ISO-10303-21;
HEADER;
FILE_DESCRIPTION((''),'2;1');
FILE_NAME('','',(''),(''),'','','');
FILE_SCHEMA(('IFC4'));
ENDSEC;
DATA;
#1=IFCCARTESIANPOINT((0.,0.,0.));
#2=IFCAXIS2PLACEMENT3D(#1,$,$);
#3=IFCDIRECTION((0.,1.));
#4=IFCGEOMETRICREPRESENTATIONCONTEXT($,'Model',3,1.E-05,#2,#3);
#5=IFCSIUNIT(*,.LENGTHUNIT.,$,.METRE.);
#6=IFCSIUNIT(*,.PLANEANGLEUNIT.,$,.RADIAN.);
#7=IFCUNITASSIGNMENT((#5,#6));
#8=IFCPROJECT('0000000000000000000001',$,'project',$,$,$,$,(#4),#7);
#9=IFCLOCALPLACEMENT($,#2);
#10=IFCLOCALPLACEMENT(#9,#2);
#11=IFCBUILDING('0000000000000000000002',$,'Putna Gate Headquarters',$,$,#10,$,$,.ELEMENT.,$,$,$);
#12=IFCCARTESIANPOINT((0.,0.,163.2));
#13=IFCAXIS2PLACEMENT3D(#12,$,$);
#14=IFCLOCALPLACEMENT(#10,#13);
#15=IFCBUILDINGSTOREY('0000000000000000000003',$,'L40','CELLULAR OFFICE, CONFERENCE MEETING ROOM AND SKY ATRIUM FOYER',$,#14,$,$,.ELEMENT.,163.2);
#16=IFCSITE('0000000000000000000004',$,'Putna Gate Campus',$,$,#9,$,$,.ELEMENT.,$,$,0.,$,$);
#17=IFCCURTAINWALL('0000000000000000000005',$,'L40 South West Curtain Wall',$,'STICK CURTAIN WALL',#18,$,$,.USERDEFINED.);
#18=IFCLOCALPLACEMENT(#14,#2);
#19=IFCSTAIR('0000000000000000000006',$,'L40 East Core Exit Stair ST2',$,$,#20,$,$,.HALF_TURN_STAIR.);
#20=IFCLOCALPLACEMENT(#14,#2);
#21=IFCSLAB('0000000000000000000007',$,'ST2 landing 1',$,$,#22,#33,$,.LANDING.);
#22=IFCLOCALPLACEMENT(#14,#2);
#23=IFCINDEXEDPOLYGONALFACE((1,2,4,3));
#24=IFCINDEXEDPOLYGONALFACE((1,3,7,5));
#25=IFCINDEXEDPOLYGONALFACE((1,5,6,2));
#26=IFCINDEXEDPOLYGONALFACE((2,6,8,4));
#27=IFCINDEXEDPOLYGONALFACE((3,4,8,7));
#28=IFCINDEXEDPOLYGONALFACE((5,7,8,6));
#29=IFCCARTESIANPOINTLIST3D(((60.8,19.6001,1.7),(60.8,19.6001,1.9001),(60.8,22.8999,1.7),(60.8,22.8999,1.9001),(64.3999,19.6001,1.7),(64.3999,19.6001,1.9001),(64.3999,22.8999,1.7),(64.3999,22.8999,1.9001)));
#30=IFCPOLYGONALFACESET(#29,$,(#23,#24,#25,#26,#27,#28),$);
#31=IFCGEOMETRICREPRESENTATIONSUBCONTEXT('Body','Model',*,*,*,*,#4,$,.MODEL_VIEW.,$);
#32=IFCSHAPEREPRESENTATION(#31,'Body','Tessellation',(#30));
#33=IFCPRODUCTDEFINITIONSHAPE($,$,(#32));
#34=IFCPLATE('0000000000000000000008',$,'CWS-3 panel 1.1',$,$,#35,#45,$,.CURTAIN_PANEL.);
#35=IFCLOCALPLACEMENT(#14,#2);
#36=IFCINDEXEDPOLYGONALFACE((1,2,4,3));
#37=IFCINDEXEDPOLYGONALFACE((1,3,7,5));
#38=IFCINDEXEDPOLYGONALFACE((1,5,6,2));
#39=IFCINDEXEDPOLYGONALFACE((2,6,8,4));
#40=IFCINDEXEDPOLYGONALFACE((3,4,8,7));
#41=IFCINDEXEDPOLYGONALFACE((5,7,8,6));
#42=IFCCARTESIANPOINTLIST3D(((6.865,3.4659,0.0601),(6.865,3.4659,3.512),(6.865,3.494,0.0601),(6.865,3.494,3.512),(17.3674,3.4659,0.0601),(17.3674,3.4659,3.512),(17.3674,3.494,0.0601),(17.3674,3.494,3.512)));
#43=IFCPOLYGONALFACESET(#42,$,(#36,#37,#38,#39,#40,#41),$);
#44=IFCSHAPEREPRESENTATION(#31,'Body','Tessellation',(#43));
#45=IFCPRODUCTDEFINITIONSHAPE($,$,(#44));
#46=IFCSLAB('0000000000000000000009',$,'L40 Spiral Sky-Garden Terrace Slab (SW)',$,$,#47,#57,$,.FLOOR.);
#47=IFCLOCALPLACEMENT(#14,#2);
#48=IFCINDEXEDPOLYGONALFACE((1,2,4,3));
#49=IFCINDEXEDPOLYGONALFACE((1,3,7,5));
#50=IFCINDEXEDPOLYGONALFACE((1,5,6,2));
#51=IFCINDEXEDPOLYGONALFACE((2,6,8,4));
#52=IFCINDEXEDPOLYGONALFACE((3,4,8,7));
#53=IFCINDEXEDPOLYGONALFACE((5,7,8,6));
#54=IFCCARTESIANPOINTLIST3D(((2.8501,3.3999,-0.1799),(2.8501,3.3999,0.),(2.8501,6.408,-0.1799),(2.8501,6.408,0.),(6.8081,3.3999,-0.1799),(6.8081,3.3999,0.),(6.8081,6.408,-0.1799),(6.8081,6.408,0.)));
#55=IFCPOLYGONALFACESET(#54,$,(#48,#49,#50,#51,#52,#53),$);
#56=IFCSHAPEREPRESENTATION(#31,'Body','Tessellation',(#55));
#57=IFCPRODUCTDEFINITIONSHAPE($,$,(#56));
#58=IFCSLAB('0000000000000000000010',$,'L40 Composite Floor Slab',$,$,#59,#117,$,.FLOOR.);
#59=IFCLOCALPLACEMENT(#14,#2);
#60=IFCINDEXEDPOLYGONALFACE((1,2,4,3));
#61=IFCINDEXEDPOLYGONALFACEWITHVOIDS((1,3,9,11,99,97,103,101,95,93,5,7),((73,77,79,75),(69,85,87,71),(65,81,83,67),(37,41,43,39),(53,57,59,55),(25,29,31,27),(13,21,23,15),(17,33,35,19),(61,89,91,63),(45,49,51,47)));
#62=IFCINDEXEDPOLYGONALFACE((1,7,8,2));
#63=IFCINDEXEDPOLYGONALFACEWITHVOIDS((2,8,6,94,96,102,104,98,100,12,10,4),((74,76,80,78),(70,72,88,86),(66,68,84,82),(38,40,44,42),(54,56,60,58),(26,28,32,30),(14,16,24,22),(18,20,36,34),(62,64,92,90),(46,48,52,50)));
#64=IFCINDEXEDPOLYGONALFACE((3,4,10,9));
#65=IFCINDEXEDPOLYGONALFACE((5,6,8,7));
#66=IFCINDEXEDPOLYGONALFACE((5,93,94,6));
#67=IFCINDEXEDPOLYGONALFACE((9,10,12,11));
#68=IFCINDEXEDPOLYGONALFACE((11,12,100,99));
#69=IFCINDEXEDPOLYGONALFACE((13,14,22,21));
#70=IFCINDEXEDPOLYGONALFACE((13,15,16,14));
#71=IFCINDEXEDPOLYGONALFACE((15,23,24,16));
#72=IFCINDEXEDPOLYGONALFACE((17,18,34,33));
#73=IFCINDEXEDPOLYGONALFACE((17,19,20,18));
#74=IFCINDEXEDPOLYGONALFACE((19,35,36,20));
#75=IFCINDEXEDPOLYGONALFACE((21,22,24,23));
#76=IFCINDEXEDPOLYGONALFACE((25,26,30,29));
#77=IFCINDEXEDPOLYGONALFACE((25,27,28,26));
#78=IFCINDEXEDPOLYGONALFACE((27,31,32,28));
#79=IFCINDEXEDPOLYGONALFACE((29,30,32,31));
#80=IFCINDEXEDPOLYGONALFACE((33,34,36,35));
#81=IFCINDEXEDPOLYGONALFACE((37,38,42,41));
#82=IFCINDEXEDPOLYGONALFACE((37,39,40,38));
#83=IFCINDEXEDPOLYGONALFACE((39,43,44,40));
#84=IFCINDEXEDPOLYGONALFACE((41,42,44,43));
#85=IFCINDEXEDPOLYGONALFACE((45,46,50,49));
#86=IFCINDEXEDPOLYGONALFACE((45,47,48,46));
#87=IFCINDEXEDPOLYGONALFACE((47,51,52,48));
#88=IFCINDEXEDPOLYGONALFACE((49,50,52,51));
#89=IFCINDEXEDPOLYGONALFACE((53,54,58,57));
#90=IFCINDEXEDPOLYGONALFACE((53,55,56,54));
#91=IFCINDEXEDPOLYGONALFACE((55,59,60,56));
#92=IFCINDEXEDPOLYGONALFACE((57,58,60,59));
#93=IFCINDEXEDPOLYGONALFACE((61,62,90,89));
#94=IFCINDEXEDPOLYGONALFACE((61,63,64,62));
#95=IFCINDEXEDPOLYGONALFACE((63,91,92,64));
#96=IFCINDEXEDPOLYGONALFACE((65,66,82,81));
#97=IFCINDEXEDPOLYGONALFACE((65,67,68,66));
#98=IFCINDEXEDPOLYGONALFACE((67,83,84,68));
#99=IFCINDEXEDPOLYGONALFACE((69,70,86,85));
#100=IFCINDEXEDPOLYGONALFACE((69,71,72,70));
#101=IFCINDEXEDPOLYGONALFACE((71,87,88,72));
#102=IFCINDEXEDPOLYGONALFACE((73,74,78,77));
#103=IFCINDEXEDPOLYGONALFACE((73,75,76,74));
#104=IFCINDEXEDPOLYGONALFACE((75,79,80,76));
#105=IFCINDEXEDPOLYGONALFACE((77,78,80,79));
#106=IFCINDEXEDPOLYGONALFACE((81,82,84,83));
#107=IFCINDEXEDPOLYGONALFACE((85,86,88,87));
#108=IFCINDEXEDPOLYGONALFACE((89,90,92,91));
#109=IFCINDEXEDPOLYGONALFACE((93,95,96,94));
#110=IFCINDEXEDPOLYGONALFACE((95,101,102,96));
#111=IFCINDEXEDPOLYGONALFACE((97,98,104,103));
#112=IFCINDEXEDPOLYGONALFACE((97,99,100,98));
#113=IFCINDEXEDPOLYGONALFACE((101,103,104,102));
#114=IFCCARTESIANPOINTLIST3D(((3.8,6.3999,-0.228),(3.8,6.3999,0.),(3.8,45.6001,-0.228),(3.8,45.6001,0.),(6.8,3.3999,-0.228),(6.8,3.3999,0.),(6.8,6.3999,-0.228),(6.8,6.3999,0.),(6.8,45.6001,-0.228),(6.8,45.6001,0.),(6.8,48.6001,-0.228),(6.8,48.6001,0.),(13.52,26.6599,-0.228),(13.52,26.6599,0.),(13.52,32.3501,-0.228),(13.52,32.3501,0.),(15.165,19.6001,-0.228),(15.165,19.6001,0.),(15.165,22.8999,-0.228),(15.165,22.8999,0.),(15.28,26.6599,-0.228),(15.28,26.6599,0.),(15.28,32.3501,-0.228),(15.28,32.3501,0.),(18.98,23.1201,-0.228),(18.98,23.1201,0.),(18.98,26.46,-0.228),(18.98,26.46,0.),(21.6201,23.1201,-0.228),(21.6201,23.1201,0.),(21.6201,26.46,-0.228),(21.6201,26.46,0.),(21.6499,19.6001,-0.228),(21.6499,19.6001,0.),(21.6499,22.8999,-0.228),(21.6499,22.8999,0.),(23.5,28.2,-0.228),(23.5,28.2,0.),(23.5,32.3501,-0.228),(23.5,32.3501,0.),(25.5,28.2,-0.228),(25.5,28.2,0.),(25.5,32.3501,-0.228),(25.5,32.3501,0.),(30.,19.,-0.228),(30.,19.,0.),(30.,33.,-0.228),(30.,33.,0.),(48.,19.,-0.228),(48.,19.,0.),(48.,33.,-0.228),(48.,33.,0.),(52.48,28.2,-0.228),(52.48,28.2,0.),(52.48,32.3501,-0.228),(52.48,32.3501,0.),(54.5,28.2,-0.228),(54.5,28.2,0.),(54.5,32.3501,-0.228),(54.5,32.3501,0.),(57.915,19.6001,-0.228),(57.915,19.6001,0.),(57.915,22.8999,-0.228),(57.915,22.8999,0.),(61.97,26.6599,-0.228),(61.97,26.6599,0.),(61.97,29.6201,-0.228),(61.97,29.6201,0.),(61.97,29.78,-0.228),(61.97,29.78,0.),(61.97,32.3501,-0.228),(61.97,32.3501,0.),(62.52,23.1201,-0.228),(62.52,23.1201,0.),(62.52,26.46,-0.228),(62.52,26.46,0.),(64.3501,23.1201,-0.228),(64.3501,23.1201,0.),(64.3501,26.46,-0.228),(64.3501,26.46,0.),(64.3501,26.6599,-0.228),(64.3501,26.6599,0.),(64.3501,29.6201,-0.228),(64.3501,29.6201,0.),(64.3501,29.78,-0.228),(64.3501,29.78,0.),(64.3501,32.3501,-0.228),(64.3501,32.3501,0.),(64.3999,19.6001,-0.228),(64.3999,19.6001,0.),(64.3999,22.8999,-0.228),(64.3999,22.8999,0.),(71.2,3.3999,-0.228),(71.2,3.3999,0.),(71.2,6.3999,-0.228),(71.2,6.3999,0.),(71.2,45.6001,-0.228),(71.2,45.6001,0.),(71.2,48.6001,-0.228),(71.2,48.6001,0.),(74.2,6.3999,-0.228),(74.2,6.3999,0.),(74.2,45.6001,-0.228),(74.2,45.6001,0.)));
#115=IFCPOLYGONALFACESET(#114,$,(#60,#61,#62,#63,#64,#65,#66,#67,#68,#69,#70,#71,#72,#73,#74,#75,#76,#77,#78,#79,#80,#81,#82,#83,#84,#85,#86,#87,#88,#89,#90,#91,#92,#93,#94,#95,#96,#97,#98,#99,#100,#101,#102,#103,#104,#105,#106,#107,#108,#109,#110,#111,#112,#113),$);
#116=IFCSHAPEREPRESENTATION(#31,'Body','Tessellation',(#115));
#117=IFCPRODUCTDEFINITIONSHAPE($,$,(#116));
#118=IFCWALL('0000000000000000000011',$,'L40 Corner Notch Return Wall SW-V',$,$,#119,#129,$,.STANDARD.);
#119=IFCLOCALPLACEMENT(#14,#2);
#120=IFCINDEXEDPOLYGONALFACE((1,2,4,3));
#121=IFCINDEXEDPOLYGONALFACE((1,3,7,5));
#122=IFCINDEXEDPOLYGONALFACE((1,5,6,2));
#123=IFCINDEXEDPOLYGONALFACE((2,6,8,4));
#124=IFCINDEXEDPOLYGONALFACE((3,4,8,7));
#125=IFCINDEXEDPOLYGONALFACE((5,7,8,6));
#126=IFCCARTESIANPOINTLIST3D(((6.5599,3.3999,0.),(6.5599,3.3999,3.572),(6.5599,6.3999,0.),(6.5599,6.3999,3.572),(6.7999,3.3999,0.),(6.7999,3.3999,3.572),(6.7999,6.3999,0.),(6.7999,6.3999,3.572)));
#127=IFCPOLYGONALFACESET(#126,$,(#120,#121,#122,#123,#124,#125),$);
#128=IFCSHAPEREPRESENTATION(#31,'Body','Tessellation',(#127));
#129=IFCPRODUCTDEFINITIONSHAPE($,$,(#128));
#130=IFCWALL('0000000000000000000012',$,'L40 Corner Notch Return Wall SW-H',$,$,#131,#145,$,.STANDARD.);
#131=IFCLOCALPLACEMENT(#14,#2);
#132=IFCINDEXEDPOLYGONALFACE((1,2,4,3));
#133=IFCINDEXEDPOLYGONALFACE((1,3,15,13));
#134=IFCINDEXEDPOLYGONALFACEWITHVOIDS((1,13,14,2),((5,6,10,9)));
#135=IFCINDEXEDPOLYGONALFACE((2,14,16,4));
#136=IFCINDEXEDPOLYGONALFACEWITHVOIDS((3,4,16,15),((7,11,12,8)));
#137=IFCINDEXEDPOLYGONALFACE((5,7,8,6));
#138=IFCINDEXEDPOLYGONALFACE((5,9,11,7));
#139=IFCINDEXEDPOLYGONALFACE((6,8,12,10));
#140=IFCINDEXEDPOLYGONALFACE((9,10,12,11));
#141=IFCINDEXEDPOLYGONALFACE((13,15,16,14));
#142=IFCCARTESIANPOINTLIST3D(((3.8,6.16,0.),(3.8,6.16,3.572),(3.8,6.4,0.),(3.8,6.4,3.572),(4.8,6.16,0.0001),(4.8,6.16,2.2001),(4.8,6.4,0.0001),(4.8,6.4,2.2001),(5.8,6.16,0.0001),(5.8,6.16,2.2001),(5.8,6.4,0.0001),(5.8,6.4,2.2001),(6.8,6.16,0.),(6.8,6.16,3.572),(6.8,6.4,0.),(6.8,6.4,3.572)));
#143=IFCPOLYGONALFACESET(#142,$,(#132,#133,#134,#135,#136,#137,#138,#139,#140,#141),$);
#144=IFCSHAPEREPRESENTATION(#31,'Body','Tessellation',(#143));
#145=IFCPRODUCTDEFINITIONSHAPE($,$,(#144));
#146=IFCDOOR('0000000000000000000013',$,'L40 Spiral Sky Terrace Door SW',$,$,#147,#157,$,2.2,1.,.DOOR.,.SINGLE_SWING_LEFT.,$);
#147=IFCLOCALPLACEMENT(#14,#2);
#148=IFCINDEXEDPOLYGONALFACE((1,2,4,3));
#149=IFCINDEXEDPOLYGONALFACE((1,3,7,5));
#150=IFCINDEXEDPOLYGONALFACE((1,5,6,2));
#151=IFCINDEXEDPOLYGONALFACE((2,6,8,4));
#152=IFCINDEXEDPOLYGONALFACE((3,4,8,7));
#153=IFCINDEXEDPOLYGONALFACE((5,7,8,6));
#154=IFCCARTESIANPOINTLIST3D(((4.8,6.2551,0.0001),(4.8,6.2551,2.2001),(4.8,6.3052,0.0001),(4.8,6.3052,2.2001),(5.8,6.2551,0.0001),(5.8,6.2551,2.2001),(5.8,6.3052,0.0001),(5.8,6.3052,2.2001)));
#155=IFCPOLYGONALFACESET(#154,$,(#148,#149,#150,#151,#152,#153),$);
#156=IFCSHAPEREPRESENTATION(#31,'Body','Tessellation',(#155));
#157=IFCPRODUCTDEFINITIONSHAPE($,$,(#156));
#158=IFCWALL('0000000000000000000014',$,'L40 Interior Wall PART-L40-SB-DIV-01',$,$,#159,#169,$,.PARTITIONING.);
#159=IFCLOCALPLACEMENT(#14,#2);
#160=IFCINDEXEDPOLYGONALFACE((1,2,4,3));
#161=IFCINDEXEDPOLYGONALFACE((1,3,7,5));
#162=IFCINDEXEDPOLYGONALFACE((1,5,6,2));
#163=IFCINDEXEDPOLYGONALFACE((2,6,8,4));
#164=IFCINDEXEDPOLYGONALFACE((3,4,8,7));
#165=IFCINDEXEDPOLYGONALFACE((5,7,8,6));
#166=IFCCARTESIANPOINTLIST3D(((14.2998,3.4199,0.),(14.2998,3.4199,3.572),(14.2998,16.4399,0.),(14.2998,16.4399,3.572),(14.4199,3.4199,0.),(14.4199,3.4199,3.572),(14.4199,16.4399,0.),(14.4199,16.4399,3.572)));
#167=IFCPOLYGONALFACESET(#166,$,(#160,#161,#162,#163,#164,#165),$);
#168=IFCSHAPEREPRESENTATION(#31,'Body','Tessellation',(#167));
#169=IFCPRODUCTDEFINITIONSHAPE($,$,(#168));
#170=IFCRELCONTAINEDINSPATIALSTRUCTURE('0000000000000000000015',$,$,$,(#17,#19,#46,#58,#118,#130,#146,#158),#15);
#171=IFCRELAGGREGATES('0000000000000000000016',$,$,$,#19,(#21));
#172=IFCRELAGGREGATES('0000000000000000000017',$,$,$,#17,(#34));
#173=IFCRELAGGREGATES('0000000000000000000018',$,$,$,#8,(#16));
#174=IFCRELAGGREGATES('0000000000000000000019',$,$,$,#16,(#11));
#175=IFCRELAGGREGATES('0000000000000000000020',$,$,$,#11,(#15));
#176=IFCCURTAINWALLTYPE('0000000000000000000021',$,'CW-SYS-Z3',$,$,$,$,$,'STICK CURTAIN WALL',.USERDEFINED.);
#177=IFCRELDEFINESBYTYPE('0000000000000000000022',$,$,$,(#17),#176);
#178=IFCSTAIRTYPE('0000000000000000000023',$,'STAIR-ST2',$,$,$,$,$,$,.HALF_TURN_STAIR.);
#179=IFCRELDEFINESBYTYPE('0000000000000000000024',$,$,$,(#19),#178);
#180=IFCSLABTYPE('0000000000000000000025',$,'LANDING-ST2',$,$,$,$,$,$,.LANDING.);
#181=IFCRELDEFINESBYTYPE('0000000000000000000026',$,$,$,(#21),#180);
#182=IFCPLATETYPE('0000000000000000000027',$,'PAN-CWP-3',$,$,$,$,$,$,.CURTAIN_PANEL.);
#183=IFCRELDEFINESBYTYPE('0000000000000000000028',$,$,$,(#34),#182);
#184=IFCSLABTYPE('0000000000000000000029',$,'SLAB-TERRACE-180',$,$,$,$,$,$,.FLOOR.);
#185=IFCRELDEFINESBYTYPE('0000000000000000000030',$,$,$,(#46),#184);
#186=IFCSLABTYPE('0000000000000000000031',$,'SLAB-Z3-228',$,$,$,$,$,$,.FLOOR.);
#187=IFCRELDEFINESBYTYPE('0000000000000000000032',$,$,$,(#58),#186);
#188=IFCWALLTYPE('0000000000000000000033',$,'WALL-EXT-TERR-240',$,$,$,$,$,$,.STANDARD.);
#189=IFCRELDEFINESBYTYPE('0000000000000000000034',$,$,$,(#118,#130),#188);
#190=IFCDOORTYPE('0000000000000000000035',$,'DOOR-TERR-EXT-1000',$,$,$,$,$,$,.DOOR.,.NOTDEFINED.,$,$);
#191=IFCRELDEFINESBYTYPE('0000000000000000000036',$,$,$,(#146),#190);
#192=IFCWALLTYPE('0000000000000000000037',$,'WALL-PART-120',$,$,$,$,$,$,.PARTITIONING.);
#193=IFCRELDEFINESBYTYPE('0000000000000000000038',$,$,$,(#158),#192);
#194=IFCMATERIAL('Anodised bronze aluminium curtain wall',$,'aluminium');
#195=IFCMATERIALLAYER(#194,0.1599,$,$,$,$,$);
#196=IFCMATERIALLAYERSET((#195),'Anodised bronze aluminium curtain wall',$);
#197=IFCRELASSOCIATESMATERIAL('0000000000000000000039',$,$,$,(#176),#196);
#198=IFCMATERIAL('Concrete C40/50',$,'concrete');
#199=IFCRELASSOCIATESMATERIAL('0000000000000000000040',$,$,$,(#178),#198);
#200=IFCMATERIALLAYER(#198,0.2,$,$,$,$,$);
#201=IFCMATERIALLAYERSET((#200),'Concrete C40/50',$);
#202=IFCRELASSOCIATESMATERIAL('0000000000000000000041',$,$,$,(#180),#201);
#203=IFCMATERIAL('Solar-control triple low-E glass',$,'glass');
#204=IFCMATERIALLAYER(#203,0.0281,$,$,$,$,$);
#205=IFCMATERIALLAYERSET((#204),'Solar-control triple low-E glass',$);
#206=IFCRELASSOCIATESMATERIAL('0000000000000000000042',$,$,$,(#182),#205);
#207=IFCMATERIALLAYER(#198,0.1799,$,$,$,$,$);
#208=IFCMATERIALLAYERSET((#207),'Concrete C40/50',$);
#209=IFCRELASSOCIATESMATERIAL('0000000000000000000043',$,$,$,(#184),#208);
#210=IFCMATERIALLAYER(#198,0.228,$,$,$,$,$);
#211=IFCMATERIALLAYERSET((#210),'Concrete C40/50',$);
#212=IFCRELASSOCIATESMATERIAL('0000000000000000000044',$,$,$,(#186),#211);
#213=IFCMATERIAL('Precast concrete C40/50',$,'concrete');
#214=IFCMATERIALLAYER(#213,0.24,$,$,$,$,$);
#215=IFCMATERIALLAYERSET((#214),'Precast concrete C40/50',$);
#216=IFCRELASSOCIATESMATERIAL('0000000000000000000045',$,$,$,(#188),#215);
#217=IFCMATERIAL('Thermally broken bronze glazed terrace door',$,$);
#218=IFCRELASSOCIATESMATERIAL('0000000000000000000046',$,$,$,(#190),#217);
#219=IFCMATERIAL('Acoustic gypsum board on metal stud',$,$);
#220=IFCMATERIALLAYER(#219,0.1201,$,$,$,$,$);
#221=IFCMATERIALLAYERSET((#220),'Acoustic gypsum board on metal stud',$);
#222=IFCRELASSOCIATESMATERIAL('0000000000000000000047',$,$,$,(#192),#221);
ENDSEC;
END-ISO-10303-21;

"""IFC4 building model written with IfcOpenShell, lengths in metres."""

from ifc_helpers import new_model, si_unit, direction, frame, frame_2d, origin, origin_2d, place, context, subcontext, project, spatial, polyline, rectangle, outline, extrude, material, layer, layer_set, type_object, element, fill, aggregate, save


model = new_model("IFC4")

# Units and contexts
model_context = context("Model", 3, precision=1e-05, world=origin(), true_north=direction((0.0, 1.0)))
body_context = subcontext(model_context, "Body", "Model", "MODEL_VIEW")
ifc_project = project(units=[si_unit("LENGTHUNIT", "METRE"), si_unit("PLANEANGLEUNIT", "RADIAN")], contexts=[model_context])

# Site, building, storey
site_placement = place(None, origin())
site = spatial("IfcSite", under=ifc_project, at=site_placement, Name="Putna Gate Campus", CompositionType="ELEMENT", RefElevation=0.0)
building_placement = place(site_placement, origin())
building = spatial("IfcBuilding", under=site, at=building_placement, Name="Putna Gate Headquarters", CompositionType="ELEMENT")
storey_placement = place(building_placement, frame((0.0, 0.0, 163.2)))
storey = spatial("IfcBuildingStorey", under=building, at=storey_placement, Name="L40", Description="CELLULAR OFFICE, CONFERENCE MEETING ROOM AND SKY ATRIUM FOYER", CompositionType="ELEMENT", Elevation=163.2)

# Curtain wall
ifc_material_1 = material(Name="Anodised bronze aluminium curtain wall", Category="aluminium")
ifc_layer_1 = layer(ifc_material_1, 0.1599)
ifc_layer_set_1 = layer_set([ifc_layer_1], Name="Anodised bronze aluminium curtain wall")
curtain_wall_type = type_object("IfcCurtainWallType", Name="CW-SYS-Z3", ElementType="STICK CURTAIN WALL", PredefinedType="USERDEFINED", material=ifc_layer_set_1)
curtain_wall_1_placement = place(storey_placement, origin())
curtain_wall_1 = element("IfcCurtainWall", 1, at=curtain_wall_1_placement, inside=storey, type_object=curtain_wall_type, Name="L40 South West Curtain Wall", ObjectType="STICK CURTAIN WALL", PredefinedType="USERDEFINED")

# Stair, slab
ifc_material_2 = material(Name="Concrete C40/50", Category="concrete")
stair_type_1 = type_object("IfcStairType", Name="STAIR-ST2", PredefinedType="HALF_TURN_STAIR", material=ifc_material_2)
stair_1_placement = place(storey_placement, origin())
stair_1 = element("IfcStair", 2, at=stair_1_placement, inside=storey, type_object=stair_type_1, Name="L40 East Core Exit Stair ST2", PredefinedType="HALF_TURN_STAIR")
ifc_layer_2 = layer(ifc_material_2, 0.2)
ifc_layer_set_2 = layer_set([ifc_layer_2], Name="Concrete C40/50")
slab_type_1 = type_object("IfcSlabType", Name="LANDING-ST2", PredefinedType="LANDING", material=ifc_layer_set_2)
slab_1_placement = place(storey_placement, frame((0.0, 0.0, 1.7)))
slab_1 = element("IfcSlab", 3, at=slab_1_placement, type_object=slab_type_1, Name="ST2 landing 1", PredefinedType="LANDING", context=body_context, shape_type="SweptSolid", body=[
    extrude(outline(polyline([(60.8, 19.6001), (64.3999, 19.6001), (64.3999, 22.8999), (60.8, 22.8999), (60.8, 19.6001)])), origin(), (0.0, 0.0, 1.0), 0.2002),
])
aggregate(stair_1, [slab_1])

# Plate
ifc_material_3 = material(Name="Solar-control triple low-E glass", Category="glass")
ifc_layer_3 = layer(ifc_material_3, 0.0281)
ifc_layer_set_3 = layer_set([ifc_layer_3], Name="Solar-control triple low-E glass")
plate_type = type_object("IfcPlateType", Name="PAN-CWP-3", PredefinedType="CURTAIN_PANEL", material=ifc_layer_set_3)
plate_placement = place(storey_placement, frame((12.1162, 3.48, 0.0601), z_axis=(0.0, 0.0, 1.0), x_axis=(1.0, 0.0, 0.0)))
plate = element("IfcPlate", 4, at=plate_placement, type_object=plate_type, Name="CWS-3 panel 1.1", PredefinedType="CURTAIN_PANEL", context=body_context, shape_type="SweptSolid", body=[
    extrude(rectangle(XDim=10.5024, YDim=0.0281, at=origin_2d()), origin(), (0.0, 0.0, 1.0), 3.4519),
])
aggregate(curtain_wall_1, [plate])

# Slabs
ifc_layer_4 = layer(ifc_material_2, 0.1799)
ifc_layer_set_4 = layer_set([ifc_layer_4], Name="Concrete C40/50")
slab_type_2 = type_object("IfcSlabType", Name="SLAB-TERRACE-180", PredefinedType="FLOOR", material=ifc_layer_set_4)
slab_2_placement = place(storey_placement, frame((0.0, 0.0, -0.1799)))
element("IfcSlab", 5, at=slab_2_placement, inside=storey, type_object=slab_type_2, Name="L40 Spiral Sky-Garden Terrace Slab (SW)", PredefinedType="FLOOR", context=body_context, shape_type="SweptSolid", body=[
    extrude(outline(polyline([(2.8501, 3.3999), (6.8081, 3.3999), (6.8081, 6.408), (2.8501, 6.408), (2.8501, 3.3999)])), origin(), (0.0, 0.0, 1.0), 0.1799),
])
ifc_layer_5 = layer(ifc_material_2, 0.228)
ifc_layer_set_5 = layer_set([ifc_layer_5], Name="Concrete C40/50")
slab_type_3 = type_object("IfcSlabType", Name="SLAB-Z3-228", PredefinedType="FLOOR", material=ifc_layer_set_5)
slab_3_placement = place(storey_placement, frame((0.0, 0.0, -0.228)))
element("IfcSlab", 6, at=slab_3_placement, inside=storey, type_object=slab_type_3, Name="L40 Composite Floor Slab", PredefinedType="FLOOR", context=body_context, shape_type="SweptSolid", body=[
    extrude(outline(polyline([(6.8, 3.3999), (71.2, 3.3999), (71.2, 6.3999), (74.2, 6.3999), (74.2, 45.6001), (71.2, 45.6001), (71.2, 48.6001), (6.8, 48.6001), (6.8, 45.6001), (3.8, 45.6001), (3.8, 6.3999), (6.8, 6.3999), (6.8, 3.3999)]), holes=[polyline([(15.165, 19.6001), (21.6499, 19.6001), (21.6499, 22.8999), (15.165, 22.8999), (15.165, 19.6001)]), polyline([(57.915, 19.6001), (64.3999, 19.6001), (64.3999, 22.8999), (57.915, 22.8999), (57.915, 19.6001)]), polyline([(13.52, 26.6599), (15.28, 26.6599), (15.28, 32.3501), (13.52, 32.3501), (13.52, 26.6599)]), polyline([(61.97, 29.78), (64.3501, 29.78), (64.3501, 32.3501), (61.97, 32.3501), (61.97, 29.78)]), polyline([(18.98, 23.1201), (21.6201, 23.1201), (21.6201, 26.46), (18.98, 26.46), (18.98, 23.1201)]), polyline([(62.52, 23.1201), (64.3501, 23.1201), (64.3501, 26.46), (62.52, 26.46), (62.52, 23.1201)]), polyline([(61.97, 26.6599), (64.3501, 26.6599), (64.3501, 29.6201), (61.97, 29.6201), (61.97, 26.6599)]), polyline([(23.5, 28.2), (25.5, 28.2), (25.5, 32.3501), (23.5, 32.3501), (23.5, 28.2)]), polyline([(52.48, 28.2), (54.5, 28.2), (54.5, 32.3501), (52.48, 32.3501), (52.48, 28.2)]), polyline([(30.0, 19.0), (48.0, 19.0), (48.0, 33.0), (30.0, 33.0), (30.0, 19.0)])]), origin(), (0.0, 0.0, 1.0), 0.228),
])

# Wall
ifc_material_4 = material(Name="Precast concrete C40/50", Category="concrete")
ifc_layer_6 = layer(ifc_material_4, 0.24)
ifc_layer_set_6 = layer_set([ifc_layer_6], Name="Precast concrete C40/50")
wall_type_1 = type_object("IfcWallType", Name="WALL-EXT-TERR-240", PredefinedType="STANDARD", material=ifc_layer_set_6)
wall_1_placement = place(storey_placement, frame((6.6799, 3.3999, 0.0), z_axis=(0.0, 0.0, 1.0), x_axis=(0.0, 1.0, 0.0)))
element("IfcWall", 7, at=wall_1_placement, inside=storey, type_object=wall_type_1, Name="L40 Corner Notch Return Wall SW-V", PredefinedType="STANDARD", context=body_context, shape_type="SweptSolid", body=[
    extrude(rectangle(XDim=3.0, YDim=0.24, at=frame_2d((1.5, 0.0))), origin(), (0.0, 0.0, 1.0), 3.572),
])

# Wall, opening, door
wall_2_placement = place(storey_placement, frame((6.8, 6.28, 0.0), z_axis=(0.0, 0.0, 1.0), x_axis=(-1.0, 0.0, 0.0)))
wall_2 = element("IfcWall", 8, at=wall_2_placement, inside=storey, type_object=wall_type_1, Name="L40 Corner Notch Return Wall SW-H", PredefinedType="STANDARD", context=body_context, shape_type="SweptSolid", body=[
    extrude(rectangle(XDim=3.0, YDim=0.24, at=frame_2d((1.5, 0.0))), origin(), (0.0, 0.0, 1.0), 3.572),
])
opening_placement = place(wall_2_placement, frame((1.0, 0.0, 0.0)))
opening = element("IfcOpeningElement", 9, at=opening_placement, cuts=wall_2, PredefinedType="OPENING", context=body_context, shape_type="SweptSolid", body=[
    extrude(rectangle(XDim=1.0, YDim=2.2, at=frame_2d((0.5, 1.1001))), frame((0.0, 0.1299, 0.0), z_axis=(0.0, -1.0, 0.0), x_axis=(1.0, 0.0, 0.0)), (0.0, 0.0, 1.0), 0.26),
])
ifc_material_5 = material(Name="Thermally broken bronze glazed terrace door")
door_type = type_object("IfcDoorType", Name="DOOR-TERR-EXT-1000", OperationType="NOTDEFINED", PredefinedType="DOOR", material=ifc_material_5)
door_placement = place(opening_placement, origin())
door = element("IfcDoor", 10, at=door_placement, inside=storey, type_object=door_type, Name="L40 Spiral Sky Terrace Door SW", OperationType="SINGLE_SWING_LEFT", OverallHeight=2.2, OverallWidth=1.0, PredefinedType="DOOR", context=body_context, shape_type="SweptSolid", body=[
    extrude(rectangle(XDim=1.0, YDim=2.2, at=frame_2d((0.5, 1.1001))), frame((0.0, 0.0249, 0.0), z_axis=(0.0, -1.0, 0.0), x_axis=(1.0, 0.0, 0.0)), (0.0, 0.0, 1.0), 0.05),
])
fill(opening, door)

# Wall
ifc_material_6 = material(Name="Acoustic gypsum board on metal stud")
ifc_layer_7 = layer(ifc_material_6, 0.1201)
ifc_layer_set_7 = layer_set([ifc_layer_7], Name="Acoustic gypsum board on metal stud")
wall_type_2 = type_object("IfcWallType", Name="WALL-PART-120", PredefinedType="PARTITIONING", material=ifc_layer_set_7)
wall_3_placement = place(storey_placement, frame((14.3599, 3.4199, 0.0), z_axis=(0.0, 0.0, 1.0), x_axis=(0.0, 1.0, 0.0)))
element("IfcWall", 11, at=wall_3_placement, inside=storey, type_object=wall_type_2, Name="L40 Interior Wall PART-L40-SB-DIV-01", PredefinedType="PARTITIONING", context=body_context, shape_type="SweptSolid", body=[
    extrude(rectangle(XDim=13.02, YDim=0.1201, at=frame_2d((6.51, 0.0))), origin(), (0.0, 0.0, 1.0), 3.572),
])

save(model, "model.ifc")
